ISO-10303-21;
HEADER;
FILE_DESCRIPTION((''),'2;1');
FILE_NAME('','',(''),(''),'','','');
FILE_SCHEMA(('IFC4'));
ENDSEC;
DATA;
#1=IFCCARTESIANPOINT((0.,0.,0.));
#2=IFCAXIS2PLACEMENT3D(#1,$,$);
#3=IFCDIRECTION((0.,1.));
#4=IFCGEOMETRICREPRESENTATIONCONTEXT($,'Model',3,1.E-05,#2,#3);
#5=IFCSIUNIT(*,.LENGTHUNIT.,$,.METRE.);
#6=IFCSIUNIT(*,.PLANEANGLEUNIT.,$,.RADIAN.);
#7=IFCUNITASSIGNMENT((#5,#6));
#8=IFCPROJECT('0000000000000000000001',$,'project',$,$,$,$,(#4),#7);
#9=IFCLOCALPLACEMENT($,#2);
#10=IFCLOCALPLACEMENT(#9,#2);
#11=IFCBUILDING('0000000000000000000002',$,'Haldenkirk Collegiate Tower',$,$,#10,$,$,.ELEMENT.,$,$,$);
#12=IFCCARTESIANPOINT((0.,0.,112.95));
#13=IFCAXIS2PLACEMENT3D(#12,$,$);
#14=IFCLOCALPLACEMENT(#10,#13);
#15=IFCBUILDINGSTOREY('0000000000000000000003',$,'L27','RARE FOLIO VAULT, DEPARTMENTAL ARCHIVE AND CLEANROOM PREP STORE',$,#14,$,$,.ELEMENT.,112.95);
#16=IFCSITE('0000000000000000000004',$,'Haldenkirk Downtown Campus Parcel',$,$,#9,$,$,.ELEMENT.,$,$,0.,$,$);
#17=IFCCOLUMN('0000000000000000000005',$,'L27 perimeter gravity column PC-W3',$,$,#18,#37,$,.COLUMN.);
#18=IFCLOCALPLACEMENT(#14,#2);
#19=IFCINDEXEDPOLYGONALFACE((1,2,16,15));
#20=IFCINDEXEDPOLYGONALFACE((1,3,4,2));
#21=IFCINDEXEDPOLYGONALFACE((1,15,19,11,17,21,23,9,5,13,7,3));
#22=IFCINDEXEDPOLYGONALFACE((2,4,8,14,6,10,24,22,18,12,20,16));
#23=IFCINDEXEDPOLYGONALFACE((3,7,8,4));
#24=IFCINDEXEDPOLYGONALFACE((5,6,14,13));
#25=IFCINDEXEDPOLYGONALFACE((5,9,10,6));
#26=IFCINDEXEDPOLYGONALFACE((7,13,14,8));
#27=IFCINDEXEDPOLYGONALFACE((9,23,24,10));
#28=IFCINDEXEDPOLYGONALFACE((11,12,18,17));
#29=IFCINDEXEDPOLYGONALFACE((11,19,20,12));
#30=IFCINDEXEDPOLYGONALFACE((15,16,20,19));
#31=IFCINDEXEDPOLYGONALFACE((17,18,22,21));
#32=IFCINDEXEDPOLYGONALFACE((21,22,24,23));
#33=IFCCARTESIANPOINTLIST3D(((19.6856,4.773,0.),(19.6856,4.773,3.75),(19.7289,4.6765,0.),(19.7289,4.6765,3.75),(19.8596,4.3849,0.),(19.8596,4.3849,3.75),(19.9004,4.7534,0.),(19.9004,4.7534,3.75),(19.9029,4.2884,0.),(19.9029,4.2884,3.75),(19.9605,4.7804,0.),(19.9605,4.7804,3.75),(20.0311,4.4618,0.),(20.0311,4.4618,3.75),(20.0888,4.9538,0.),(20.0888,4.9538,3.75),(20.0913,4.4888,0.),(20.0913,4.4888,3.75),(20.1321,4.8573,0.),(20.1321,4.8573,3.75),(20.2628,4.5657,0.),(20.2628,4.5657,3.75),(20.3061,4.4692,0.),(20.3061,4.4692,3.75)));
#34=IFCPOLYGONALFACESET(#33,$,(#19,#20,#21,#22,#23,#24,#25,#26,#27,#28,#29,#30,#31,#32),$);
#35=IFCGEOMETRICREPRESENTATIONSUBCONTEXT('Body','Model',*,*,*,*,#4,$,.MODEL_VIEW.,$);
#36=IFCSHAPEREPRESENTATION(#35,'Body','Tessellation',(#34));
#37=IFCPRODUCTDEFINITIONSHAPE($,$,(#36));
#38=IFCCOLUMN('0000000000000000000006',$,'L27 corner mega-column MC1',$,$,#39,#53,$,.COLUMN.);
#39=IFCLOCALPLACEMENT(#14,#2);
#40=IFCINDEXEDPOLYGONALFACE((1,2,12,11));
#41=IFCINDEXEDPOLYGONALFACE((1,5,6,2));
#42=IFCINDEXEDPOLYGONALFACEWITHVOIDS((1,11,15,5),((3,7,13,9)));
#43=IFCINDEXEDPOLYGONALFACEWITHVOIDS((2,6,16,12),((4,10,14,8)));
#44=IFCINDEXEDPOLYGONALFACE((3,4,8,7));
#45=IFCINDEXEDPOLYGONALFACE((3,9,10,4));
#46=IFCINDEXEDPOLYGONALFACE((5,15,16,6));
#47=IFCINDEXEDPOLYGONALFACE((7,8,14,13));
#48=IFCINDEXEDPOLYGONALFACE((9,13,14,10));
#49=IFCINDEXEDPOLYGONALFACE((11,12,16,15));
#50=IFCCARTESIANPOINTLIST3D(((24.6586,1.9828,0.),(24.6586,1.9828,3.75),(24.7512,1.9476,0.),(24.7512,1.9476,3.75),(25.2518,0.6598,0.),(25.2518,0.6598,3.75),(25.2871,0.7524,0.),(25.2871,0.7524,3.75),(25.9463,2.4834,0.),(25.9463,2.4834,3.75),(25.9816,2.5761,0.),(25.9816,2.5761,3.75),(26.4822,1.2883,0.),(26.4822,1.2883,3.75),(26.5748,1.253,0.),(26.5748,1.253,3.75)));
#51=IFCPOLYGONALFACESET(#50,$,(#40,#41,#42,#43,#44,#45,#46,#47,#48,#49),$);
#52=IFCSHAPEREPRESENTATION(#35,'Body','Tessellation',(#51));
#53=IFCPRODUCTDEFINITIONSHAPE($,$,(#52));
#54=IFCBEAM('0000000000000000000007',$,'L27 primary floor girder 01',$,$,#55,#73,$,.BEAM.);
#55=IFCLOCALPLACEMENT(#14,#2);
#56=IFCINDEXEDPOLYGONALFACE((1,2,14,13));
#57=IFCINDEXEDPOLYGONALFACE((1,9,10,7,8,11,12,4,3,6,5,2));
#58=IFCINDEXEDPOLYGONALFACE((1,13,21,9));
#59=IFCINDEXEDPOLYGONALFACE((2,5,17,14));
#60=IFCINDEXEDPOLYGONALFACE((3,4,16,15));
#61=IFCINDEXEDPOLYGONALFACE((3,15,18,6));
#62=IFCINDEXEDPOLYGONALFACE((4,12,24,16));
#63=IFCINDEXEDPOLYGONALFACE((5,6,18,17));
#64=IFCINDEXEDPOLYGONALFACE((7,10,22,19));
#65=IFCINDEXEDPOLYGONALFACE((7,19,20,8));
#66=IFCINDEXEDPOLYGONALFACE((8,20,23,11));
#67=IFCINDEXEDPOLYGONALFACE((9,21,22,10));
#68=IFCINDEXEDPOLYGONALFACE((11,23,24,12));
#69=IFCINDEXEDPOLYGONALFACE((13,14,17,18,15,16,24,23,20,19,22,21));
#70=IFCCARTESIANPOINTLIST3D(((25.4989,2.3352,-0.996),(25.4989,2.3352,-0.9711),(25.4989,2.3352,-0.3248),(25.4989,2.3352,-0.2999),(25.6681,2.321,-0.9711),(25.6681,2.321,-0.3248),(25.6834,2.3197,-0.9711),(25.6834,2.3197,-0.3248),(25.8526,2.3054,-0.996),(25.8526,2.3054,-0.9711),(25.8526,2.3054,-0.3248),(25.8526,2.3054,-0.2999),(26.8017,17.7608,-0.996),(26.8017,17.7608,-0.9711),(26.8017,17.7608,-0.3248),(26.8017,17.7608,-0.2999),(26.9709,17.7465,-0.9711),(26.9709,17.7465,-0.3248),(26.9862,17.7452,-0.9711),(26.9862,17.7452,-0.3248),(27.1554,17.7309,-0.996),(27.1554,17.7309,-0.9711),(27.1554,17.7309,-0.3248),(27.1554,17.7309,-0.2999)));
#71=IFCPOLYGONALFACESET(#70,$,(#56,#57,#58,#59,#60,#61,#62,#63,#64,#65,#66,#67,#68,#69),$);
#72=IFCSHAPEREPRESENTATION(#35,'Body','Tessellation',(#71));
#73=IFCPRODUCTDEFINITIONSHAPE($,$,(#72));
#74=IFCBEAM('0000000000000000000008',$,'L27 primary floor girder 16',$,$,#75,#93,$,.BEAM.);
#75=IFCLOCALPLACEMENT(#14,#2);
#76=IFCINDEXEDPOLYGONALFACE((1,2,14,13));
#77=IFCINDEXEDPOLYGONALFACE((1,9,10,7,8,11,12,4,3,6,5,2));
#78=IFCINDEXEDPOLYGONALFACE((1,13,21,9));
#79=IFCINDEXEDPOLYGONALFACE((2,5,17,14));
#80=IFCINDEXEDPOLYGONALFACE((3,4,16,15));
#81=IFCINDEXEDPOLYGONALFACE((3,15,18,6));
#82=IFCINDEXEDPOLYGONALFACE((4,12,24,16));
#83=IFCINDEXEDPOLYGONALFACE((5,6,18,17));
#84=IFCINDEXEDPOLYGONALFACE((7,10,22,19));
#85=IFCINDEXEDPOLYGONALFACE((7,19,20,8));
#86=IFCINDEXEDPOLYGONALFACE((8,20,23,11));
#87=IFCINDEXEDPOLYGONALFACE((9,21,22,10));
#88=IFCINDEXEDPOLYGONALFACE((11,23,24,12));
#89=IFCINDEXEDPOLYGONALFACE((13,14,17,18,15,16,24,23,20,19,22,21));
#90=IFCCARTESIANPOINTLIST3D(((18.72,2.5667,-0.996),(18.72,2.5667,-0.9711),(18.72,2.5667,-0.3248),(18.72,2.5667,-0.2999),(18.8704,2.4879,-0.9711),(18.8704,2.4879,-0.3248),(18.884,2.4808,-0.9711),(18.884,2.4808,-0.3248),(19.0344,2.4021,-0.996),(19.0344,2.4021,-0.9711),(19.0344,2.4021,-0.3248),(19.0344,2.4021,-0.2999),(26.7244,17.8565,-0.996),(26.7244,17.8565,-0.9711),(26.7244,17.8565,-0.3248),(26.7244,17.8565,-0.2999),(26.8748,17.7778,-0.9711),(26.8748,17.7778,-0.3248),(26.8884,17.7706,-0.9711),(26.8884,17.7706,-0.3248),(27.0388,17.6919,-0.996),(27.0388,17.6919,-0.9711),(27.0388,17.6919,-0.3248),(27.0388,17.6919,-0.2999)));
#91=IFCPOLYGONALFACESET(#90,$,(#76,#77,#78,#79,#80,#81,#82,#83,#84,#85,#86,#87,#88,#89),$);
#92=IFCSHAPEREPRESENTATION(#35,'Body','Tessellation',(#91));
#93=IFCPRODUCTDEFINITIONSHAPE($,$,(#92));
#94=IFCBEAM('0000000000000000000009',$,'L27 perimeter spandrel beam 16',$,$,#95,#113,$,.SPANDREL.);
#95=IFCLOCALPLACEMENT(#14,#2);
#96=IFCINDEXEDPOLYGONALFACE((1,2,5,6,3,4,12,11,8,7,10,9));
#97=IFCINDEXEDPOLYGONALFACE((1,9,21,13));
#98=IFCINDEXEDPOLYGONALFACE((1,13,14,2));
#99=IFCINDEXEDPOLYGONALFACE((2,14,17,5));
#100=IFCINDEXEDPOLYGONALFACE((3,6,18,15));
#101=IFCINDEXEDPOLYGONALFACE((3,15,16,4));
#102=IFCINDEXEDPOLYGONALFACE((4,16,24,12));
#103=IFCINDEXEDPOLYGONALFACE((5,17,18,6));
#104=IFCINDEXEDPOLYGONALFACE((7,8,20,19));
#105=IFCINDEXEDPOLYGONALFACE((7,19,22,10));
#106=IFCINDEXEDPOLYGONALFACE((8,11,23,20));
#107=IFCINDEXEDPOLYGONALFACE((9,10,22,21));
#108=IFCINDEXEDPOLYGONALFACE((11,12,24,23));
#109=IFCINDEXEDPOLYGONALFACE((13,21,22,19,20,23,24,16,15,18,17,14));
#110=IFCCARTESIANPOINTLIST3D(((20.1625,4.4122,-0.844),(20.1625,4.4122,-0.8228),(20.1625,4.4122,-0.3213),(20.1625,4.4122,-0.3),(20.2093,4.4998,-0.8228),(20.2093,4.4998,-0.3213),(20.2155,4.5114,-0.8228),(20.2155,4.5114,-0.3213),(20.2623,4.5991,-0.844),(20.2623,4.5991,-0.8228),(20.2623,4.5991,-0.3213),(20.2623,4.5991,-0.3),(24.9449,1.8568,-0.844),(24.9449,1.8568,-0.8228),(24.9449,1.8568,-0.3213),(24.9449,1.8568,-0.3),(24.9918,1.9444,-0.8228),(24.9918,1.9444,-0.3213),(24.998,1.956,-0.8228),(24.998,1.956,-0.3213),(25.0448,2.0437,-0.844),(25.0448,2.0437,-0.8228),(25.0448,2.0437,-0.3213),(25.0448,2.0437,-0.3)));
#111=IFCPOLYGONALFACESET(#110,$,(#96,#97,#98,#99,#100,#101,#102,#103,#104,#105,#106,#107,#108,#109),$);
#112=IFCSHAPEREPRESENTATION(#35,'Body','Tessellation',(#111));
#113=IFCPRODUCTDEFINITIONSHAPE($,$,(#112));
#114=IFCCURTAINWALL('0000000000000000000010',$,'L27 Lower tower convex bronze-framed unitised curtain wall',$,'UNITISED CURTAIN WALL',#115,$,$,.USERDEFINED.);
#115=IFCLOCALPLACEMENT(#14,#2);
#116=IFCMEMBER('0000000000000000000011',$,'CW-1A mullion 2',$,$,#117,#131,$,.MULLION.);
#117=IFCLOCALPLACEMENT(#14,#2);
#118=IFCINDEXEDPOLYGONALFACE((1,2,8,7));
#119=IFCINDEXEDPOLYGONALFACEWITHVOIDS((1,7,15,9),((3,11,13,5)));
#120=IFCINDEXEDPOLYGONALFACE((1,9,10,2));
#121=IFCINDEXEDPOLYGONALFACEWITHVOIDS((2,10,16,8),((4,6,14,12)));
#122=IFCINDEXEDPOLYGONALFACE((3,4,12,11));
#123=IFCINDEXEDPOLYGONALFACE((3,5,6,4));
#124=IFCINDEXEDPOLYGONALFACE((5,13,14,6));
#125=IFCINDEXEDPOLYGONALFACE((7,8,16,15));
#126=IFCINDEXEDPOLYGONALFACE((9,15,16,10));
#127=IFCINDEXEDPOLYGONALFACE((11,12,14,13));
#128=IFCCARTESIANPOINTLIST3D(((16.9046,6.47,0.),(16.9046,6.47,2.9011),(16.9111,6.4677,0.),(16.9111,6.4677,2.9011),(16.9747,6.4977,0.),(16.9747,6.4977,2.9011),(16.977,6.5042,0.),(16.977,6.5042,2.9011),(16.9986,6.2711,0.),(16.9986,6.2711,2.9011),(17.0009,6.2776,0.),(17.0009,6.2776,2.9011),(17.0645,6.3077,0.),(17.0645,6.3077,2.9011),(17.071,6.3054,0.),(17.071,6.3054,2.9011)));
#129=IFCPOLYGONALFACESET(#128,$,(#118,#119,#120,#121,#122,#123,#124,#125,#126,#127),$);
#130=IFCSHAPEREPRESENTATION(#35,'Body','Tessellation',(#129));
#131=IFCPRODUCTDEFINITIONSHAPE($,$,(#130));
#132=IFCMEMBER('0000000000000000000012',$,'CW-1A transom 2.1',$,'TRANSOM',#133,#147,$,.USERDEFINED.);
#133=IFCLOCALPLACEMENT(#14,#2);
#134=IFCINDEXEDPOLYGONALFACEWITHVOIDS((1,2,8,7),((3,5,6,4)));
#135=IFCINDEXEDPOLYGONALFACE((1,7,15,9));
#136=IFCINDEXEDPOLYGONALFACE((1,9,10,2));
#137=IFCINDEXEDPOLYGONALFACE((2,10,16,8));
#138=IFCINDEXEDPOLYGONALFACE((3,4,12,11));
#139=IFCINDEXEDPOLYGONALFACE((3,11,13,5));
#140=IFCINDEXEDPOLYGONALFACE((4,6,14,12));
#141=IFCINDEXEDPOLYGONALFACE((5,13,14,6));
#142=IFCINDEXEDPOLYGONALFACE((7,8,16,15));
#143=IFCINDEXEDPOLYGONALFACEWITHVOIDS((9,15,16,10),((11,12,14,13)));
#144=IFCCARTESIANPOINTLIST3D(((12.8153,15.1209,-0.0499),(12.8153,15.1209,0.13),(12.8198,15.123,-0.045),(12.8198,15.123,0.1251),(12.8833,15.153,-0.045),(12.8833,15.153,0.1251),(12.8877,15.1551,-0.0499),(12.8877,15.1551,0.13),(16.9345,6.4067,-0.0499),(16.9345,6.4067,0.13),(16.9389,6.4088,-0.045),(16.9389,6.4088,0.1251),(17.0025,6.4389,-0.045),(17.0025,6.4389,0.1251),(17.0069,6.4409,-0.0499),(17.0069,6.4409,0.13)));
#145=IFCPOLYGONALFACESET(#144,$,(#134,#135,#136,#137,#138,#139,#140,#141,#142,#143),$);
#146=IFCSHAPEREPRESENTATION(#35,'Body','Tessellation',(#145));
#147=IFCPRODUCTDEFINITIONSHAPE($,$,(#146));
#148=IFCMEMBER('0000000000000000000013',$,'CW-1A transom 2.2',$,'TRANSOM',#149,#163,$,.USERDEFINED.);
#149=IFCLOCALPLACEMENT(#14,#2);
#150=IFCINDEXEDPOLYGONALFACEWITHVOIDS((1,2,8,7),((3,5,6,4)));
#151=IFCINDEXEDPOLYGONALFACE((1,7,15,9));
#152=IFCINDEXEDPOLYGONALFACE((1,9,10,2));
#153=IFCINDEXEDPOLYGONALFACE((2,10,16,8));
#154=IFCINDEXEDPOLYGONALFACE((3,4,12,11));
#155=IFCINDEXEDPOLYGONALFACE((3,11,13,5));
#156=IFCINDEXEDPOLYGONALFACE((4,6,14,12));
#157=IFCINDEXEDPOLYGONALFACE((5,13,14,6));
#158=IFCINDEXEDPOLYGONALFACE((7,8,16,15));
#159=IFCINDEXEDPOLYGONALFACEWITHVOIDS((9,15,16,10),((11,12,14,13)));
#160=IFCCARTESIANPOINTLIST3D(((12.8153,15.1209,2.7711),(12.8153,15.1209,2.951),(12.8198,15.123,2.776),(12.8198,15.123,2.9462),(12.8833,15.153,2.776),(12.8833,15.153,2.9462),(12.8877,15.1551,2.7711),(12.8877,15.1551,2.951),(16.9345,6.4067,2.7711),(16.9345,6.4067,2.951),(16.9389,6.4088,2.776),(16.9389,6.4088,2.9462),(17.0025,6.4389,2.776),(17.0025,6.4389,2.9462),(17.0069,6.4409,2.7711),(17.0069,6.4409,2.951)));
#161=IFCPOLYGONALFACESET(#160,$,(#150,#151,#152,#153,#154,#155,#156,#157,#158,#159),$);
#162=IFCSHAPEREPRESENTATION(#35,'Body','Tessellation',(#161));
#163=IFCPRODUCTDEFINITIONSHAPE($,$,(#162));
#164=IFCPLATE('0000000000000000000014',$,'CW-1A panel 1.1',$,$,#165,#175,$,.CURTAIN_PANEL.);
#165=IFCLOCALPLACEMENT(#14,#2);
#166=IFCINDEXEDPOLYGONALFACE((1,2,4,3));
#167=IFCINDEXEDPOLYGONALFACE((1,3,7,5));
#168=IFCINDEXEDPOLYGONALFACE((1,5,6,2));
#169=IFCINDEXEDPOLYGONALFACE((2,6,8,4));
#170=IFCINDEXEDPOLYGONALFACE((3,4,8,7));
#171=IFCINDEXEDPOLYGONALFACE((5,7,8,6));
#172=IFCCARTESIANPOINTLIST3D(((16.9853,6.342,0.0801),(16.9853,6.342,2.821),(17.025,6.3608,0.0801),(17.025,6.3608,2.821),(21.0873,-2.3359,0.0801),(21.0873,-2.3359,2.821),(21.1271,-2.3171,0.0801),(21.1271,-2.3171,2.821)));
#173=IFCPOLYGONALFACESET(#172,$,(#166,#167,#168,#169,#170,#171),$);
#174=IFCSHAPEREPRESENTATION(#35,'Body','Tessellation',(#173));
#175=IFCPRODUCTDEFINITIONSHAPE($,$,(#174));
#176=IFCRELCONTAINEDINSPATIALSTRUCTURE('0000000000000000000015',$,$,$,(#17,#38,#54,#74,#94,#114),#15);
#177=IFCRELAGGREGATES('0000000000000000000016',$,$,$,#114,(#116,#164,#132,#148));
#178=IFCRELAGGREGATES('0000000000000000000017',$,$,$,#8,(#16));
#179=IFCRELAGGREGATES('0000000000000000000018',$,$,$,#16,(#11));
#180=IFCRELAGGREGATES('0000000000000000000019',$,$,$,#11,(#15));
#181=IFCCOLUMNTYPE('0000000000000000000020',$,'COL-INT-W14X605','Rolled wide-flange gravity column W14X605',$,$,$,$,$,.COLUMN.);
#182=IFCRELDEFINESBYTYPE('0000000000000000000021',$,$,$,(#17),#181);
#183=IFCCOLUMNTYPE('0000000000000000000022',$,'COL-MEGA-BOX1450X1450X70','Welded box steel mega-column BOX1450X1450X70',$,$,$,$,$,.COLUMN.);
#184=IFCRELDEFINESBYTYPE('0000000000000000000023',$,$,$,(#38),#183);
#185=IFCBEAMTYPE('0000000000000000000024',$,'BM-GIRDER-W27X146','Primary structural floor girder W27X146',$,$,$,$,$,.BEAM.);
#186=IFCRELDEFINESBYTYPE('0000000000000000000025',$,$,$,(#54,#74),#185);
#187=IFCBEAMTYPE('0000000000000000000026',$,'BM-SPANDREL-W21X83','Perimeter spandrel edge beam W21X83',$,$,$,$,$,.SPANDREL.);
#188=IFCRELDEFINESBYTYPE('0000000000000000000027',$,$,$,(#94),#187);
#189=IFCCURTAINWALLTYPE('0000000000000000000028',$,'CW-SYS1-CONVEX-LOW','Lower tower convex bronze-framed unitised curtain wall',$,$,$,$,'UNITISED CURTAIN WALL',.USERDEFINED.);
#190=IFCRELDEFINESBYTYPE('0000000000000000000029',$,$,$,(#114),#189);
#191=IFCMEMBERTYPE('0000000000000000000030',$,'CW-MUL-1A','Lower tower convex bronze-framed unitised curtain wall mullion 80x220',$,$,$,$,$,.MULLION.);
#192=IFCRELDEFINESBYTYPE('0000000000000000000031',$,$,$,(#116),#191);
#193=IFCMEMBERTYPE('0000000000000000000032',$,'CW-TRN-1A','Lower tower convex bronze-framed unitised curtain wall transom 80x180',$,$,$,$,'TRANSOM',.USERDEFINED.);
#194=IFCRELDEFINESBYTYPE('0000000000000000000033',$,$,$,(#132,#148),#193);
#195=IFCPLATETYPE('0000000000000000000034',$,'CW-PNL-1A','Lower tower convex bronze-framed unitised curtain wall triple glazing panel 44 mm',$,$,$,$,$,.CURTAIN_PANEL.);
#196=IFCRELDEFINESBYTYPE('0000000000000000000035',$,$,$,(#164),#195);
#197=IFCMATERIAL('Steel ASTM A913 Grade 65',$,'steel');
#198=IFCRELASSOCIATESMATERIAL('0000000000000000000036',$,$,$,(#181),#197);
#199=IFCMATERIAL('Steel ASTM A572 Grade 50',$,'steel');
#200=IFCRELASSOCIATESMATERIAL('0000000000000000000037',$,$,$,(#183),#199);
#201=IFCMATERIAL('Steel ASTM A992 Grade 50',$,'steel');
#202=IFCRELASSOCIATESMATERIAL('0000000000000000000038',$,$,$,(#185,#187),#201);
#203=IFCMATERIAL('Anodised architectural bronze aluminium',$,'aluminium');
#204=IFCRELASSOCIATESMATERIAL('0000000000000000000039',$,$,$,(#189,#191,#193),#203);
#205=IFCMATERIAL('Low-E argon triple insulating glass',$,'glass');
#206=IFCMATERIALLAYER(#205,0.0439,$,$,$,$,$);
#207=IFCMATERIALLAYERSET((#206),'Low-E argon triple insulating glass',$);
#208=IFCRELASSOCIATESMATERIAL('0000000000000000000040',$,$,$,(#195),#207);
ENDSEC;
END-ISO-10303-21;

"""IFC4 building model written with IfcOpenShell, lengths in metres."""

from ifc_helpers import new_model, si_unit, direction, frame, origin, origin_2d, place, context, subcontext, project, spatial, rectangle, hollow_rectangle, i_section, extrude, source, transform, mapped, material, layer, layer_set, material_profile, profile_set, type_object, element, aggregate, save


model = new_model("IFC4")

# Units and contexts
model_context = context("Model", 3, precision=1e-05, world=origin(), true_north=direction((0.0, 1.0)))
body_context = subcontext(model_context, "Body", "Model", "MODEL_VIEW")
ifc_project = project(units=[si_unit("LENGTHUNIT", "METRE"), si_unit("PLANEANGLEUNIT", "RADIAN")], contexts=[model_context])

# Site, building, storey
site_placement = place(None, origin())
site = spatial("IfcSite", under=ifc_project, at=site_placement, Name="Haldenkirk Downtown Campus Parcel", CompositionType="ELEMENT", RefElevation=0.0)
building_placement = place(site_placement, origin())
building = spatial("IfcBuilding", under=site, at=building_placement, Name="Haldenkirk Collegiate Tower", CompositionType="ELEMENT")
storey_placement = place(building_placement, frame((0.0, 0.0, 112.95)))
storey = spatial("IfcBuildingStorey", under=building, at=storey_placement, Name="L27", Description="RARE FOLIO VAULT, DEPARTMENTAL ARCHIVE AND CLEANROOM PREP STORE", CompositionType="ELEMENT", Elevation=112.95)

# Columns
ifc_material_1 = material(Name="Steel ASTM A913 Grade 65", Category="steel")
ifc_material_profile_1 = material_profile(ifc_material_1, i_section(OverallWidth=0.4419, OverallDepth=0.531, WebThickness=0.0659, FlangeThickness=0.1057, at=origin_2d()), Name="W14X605")
ifc_profile_set_1 = profile_set([ifc_material_profile_1], Name="Steel ASTM A913 Grade 65")
column_type_1 = type_object("IfcColumnType", Name="COL-INT-W14X605", Description="Rolled wide-flange gravity column W14X605", PredefinedType="COLUMN", material=ifc_profile_set_1)
column_1_placement = place(storey_placement, frame((19.9958, 4.6211, 0.0), z_axis=(0.0, 0.0, 1.0), x_axis=(0.912477, 0.409127, 0.0)))
element("IfcColumn", 1, at=column_1_placement, inside=storey, type_object=column_type_1, Name="L27 perimeter gravity column PC-W3", PredefinedType="COLUMN", context=body_context, shape_type="SweptSolid", body=[
    extrude(i_section(OverallWidth=0.4419, OverallDepth=0.531, WebThickness=0.0659, FlangeThickness=0.1057, at=origin_2d()), origin(), (0.0, 0.0, 1.0), 3.75),
])
ifc_material_2 = material(Name="Steel ASTM A572 Grade 50", Category="steel")
ifc_material_profile_2 = material_profile(ifc_material_2, hollow_rectangle(XDim=1.45, YDim=1.45, WallThickness=0.0701, at=origin_2d()), Name="BOX1450X1450X70")
ifc_profile_set_2 = profile_set([ifc_material_profile_2], Name="Steel ASTM A572 Grade 50")
column_type_2 = type_object("IfcColumnType", Name="COL-MEGA-BOX1450X1450X70", Description="Welded box steel mega-column BOX1450X1450X70", PredefinedType="COLUMN", material=ifc_profile_set_2)
column_2_placement = place(storey_placement, frame((25.6167, 1.6179, 0.0), z_axis=(0.0, 0.0, 1.0), x_axis=(0.912477, 0.409127, 0.0)))
element("IfcColumn", 2, at=column_2_placement, inside=storey, type_object=column_type_2, Name="L27 corner mega-column MC1", PredefinedType="COLUMN", context=body_context, shape_type="SweptSolid", body=[
    extrude(hollow_rectangle(XDim=1.45, YDim=1.45, WallThickness=0.0701, at=origin_2d()), origin(), (0.0, 0.0, 1.0), 3.75),
])

# Beams
ifc_material_3 = material(Name="Steel ASTM A992 Grade 50", Category="steel")
ifc_material_profile_3 = material_profile(ifc_material_3, i_section(OverallWidth=0.355, OverallDepth=0.696, WebThickness=0.0154, FlangeThickness=0.0249, at=origin_2d()), Name="W27X146")
ifc_profile_set_3 = profile_set([ifc_material_profile_3], Name="Steel ASTM A992 Grade 50")
beam_type_1 = type_object("IfcBeamType", Name="BM-GIRDER-W27X146", Description="Primary structural floor girder W27X146", PredefinedType="BEAM", material=ifc_profile_set_3)
beam_1_placement = place(storey_placement, frame((25.6758, 2.3203, -0.6479), z_axis=(0.084154, 0.996453, 0.0), x_axis=(-0.996453, 0.084154, 0.0)))
element("IfcBeam", 3, at=beam_1_placement, inside=storey, type_object=beam_type_1, Name="L27 primary floor girder 01", PredefinedType="BEAM", context=body_context, shape_type="SweptSolid", body=[
    extrude(i_section(OverallWidth=0.355, OverallDepth=0.696, WebThickness=0.0154, FlangeThickness=0.0249, at=origin_2d()), origin(), (0.0, 0.0, 1.0), 15.4805),
])
beam_2_placement = place(storey_placement, frame((18.8772, 2.4844, -0.6479), z_axis=(0.4638, 0.88594, 0.0), x_axis=(-0.88594, 0.4638, 0.0)))
element("IfcBeam", 4, at=beam_2_placement, inside=storey, type_object=beam_type_1, Name="L27 primary floor girder 16", PredefinedType="BEAM", context=body_context, shape_type="SweptSolid", body=[
    extrude(i_section(OverallWidth=0.355, OverallDepth=0.696, WebThickness=0.0154, FlangeThickness=0.0249, at=origin_2d()), origin(), (0.0, 0.0, 1.0), 17.2583),
])
ifc_material_profile_4 = material_profile(ifc_material_3, i_section(OverallWidth=0.2119, OverallDepth=0.5439, WebThickness=0.0132, FlangeThickness=0.0212, at=origin_2d()), Name="W21X83")
ifc_profile_set_4 = profile_set([ifc_material_profile_4], Name="Steel ASTM A992 Grade 50")
beam_type_2 = type_object("IfcBeamType", Name="BM-SPANDREL-W21X83", Description="Perimeter spandrel edge beam W21X83", PredefinedType="SPANDREL", material=ifc_profile_set_4)
beam_3_placement = place(storey_placement, frame((20.2124, 4.5056, -0.572), z_axis=(0.881987, -0.471273, 0.0), x_axis=(0.471273, 0.881987, 0.0)))
element("IfcBeam", 5, at=beam_3_placement, inside=storey, type_object=beam_type_2, Name="L27 perimeter spandrel beam 16", PredefinedType="SPANDREL", context=body_context, shape_type="SweptSolid", body=[
    extrude(i_section(OverallWidth=0.2119, OverallDepth=0.5439, WebThickness=0.0132, FlangeThickness=0.0212, at=origin_2d()), origin(), (0.0, 0.0, 1.0), 5.4224),
])

# Curtain wall, members, plate
ifc_material_4 = material(Name="Anodised architectural bronze aluminium", Category="aluminium")
curtain_wall_type = type_object("IfcCurtainWallType", Name="CW-SYS1-CONVEX-LOW", Description="Lower tower convex bronze-framed unitised curtain wall", ElementType="UNITISED CURTAIN WALL", PredefinedType="USERDEFINED", material=ifc_material_4)
curtain_wall_placement = place(storey_placement, origin())
curtain_wall = element("IfcCurtainWall", 6, at=curtain_wall_placement, inside=storey, type_object=curtain_wall_type, Name="L27 Lower tower convex bronze-framed unitised curtain wall", ObjectType="UNITISED CURTAIN WALL", PredefinedType="USERDEFINED")
ifc_material_profile_5 = material_profile(ifc_material_4, hollow_rectangle(XDim=0.0801, YDim=0.22, WallThickness=0.0049, at=origin_2d()), Name="CW-MUL-1A")
ifc_profile_set_5 = profile_set([ifc_material_profile_5], Name="Anodised architectural bronze aluminium")
member_type_1 = type_object("IfcMemberType", Name="CW-MUL-1A", Description="Lower tower convex bronze-framed unitised curtain wall mullion 80x220", PredefinedType="MULLION", material=ifc_profile_set_5)
member_1_placement = place(storey_placement, frame((16.9878, 6.3877, 0.0), z_axis=(0.0, 0.0, 1.0), x_axis=(-0.904081, -0.42736, 0.0)))
member_1 = element("IfcMember", 7, at=member_1_placement, type_object=member_type_1, Name="CW-1A mullion 2", PredefinedType="MULLION", context=body_context, shape_type="SweptSolid", body=[
    extrude(hollow_rectangle(XDim=0.0801, YDim=0.22, WallThickness=0.0049, at=origin_2d()), origin(), (0.0, 0.0, 1.0), 2.9011),
])
ifc_material_profile_6 = material_profile(ifc_material_4, hollow_rectangle(XDim=0.0801, YDim=0.1799, WallThickness=0.0049, at=origin_2d()), Name="CW-TRN-1A")
ifc_profile_set_6 = profile_set([ifc_material_profile_6], Name="Anodised architectural bronze aluminium")
member_type_2 = type_object("IfcMemberType", Name="CW-TRN-1A", Description="Lower tower convex bronze-framed unitised curtain wall transom 80x180", ElementType="TRANSOM", PredefinedType="USERDEFINED", material=ifc_profile_set_6)
member_2_placement = place(storey_placement, frame((16.9707, 6.4238, 0.04), z_axis=(-0.427358, 0.904083, 0.0), x_axis=(-0.904083, -0.427358, 0.0)))
member_2 = element("IfcMember", 8, at=member_2_placement, type_object=member_type_2, Name="CW-1A transom 2.1", ObjectType="TRANSOM", PredefinedType="USERDEFINED", context=body_context, shape_type="SweptSolid", body=[
    extrude(hollow_rectangle(XDim=0.0801, YDim=0.1799, WallThickness=0.0049, at=origin_2d()), origin(), (0.0, 0.0, 1.0), 9.6387),
])
member_3_placement = place(storey_placement, frame((16.9707, 6.4238, 2.8611), z_axis=(-0.427358, 0.904083, 0.0), x_axis=(-0.904083, -0.427358, 0.0)))
member_3 = element("IfcMember", 9, at=member_3_placement, type_object=member_type_2, Name="CW-1A transom 2.2", ObjectType="TRANSOM", PredefinedType="USERDEFINED", context=body_context, shape_type="SweptSolid", body=[
    extrude(hollow_rectangle(XDim=0.0801, YDim=0.1799, WallThickness=0.0049, at=origin_2d()), origin(), (0.0, 0.0, 1.0), 9.6387),
])
ifc_material_5 = material(Name="Low-E argon triple insulating glass", Category="glass")
ifc_layer = layer(ifc_material_5, 0.0439)
ifc_layer_set = layer_set([ifc_layer], Name="Low-E argon triple insulating glass")
plate_type = type_object("IfcPlateType", Name="CW-PNL-1A", Description="Lower tower convex bronze-framed unitised curtain wall triple glazing panel 44 mm", PredefinedType="CURTAIN_PANEL", material=ifc_layer_set)
shared_shape = source(origin(), body_context, "Body", "SweptSolid", [
    extrude(rectangle(XDim=9.5986, YDim=0.0439, at=origin_2d()), origin(), (0.0, 0.0, 1.0), 2.741),
])
plate_placement = place(storey_placement, frame((19.0562, 2.0125, 0.0801), z_axis=(0.0, 0.0, 1.0), x_axis=(-0.42736, 0.904081, 0.0)))
plate = element("IfcPlate", 10, at=plate_placement, type_object=plate_type, Name="CW-1A panel 1.1", PredefinedType="CURTAIN_PANEL", context=body_context, shape_type="MappedRepresentation", body=[
    mapped(shared_shape, transform((0.0, 0.0, 0.0), x_axis=(1.0, 0.0, 0.0), y_axis=(0.0, 1.0, 0.0), z_axis=(0.0, 0.0, 1.0), scale=1.0)),
])
aggregate(curtain_wall, [member_1, plate, member_2, member_3])

save(model, "model.ifc")
